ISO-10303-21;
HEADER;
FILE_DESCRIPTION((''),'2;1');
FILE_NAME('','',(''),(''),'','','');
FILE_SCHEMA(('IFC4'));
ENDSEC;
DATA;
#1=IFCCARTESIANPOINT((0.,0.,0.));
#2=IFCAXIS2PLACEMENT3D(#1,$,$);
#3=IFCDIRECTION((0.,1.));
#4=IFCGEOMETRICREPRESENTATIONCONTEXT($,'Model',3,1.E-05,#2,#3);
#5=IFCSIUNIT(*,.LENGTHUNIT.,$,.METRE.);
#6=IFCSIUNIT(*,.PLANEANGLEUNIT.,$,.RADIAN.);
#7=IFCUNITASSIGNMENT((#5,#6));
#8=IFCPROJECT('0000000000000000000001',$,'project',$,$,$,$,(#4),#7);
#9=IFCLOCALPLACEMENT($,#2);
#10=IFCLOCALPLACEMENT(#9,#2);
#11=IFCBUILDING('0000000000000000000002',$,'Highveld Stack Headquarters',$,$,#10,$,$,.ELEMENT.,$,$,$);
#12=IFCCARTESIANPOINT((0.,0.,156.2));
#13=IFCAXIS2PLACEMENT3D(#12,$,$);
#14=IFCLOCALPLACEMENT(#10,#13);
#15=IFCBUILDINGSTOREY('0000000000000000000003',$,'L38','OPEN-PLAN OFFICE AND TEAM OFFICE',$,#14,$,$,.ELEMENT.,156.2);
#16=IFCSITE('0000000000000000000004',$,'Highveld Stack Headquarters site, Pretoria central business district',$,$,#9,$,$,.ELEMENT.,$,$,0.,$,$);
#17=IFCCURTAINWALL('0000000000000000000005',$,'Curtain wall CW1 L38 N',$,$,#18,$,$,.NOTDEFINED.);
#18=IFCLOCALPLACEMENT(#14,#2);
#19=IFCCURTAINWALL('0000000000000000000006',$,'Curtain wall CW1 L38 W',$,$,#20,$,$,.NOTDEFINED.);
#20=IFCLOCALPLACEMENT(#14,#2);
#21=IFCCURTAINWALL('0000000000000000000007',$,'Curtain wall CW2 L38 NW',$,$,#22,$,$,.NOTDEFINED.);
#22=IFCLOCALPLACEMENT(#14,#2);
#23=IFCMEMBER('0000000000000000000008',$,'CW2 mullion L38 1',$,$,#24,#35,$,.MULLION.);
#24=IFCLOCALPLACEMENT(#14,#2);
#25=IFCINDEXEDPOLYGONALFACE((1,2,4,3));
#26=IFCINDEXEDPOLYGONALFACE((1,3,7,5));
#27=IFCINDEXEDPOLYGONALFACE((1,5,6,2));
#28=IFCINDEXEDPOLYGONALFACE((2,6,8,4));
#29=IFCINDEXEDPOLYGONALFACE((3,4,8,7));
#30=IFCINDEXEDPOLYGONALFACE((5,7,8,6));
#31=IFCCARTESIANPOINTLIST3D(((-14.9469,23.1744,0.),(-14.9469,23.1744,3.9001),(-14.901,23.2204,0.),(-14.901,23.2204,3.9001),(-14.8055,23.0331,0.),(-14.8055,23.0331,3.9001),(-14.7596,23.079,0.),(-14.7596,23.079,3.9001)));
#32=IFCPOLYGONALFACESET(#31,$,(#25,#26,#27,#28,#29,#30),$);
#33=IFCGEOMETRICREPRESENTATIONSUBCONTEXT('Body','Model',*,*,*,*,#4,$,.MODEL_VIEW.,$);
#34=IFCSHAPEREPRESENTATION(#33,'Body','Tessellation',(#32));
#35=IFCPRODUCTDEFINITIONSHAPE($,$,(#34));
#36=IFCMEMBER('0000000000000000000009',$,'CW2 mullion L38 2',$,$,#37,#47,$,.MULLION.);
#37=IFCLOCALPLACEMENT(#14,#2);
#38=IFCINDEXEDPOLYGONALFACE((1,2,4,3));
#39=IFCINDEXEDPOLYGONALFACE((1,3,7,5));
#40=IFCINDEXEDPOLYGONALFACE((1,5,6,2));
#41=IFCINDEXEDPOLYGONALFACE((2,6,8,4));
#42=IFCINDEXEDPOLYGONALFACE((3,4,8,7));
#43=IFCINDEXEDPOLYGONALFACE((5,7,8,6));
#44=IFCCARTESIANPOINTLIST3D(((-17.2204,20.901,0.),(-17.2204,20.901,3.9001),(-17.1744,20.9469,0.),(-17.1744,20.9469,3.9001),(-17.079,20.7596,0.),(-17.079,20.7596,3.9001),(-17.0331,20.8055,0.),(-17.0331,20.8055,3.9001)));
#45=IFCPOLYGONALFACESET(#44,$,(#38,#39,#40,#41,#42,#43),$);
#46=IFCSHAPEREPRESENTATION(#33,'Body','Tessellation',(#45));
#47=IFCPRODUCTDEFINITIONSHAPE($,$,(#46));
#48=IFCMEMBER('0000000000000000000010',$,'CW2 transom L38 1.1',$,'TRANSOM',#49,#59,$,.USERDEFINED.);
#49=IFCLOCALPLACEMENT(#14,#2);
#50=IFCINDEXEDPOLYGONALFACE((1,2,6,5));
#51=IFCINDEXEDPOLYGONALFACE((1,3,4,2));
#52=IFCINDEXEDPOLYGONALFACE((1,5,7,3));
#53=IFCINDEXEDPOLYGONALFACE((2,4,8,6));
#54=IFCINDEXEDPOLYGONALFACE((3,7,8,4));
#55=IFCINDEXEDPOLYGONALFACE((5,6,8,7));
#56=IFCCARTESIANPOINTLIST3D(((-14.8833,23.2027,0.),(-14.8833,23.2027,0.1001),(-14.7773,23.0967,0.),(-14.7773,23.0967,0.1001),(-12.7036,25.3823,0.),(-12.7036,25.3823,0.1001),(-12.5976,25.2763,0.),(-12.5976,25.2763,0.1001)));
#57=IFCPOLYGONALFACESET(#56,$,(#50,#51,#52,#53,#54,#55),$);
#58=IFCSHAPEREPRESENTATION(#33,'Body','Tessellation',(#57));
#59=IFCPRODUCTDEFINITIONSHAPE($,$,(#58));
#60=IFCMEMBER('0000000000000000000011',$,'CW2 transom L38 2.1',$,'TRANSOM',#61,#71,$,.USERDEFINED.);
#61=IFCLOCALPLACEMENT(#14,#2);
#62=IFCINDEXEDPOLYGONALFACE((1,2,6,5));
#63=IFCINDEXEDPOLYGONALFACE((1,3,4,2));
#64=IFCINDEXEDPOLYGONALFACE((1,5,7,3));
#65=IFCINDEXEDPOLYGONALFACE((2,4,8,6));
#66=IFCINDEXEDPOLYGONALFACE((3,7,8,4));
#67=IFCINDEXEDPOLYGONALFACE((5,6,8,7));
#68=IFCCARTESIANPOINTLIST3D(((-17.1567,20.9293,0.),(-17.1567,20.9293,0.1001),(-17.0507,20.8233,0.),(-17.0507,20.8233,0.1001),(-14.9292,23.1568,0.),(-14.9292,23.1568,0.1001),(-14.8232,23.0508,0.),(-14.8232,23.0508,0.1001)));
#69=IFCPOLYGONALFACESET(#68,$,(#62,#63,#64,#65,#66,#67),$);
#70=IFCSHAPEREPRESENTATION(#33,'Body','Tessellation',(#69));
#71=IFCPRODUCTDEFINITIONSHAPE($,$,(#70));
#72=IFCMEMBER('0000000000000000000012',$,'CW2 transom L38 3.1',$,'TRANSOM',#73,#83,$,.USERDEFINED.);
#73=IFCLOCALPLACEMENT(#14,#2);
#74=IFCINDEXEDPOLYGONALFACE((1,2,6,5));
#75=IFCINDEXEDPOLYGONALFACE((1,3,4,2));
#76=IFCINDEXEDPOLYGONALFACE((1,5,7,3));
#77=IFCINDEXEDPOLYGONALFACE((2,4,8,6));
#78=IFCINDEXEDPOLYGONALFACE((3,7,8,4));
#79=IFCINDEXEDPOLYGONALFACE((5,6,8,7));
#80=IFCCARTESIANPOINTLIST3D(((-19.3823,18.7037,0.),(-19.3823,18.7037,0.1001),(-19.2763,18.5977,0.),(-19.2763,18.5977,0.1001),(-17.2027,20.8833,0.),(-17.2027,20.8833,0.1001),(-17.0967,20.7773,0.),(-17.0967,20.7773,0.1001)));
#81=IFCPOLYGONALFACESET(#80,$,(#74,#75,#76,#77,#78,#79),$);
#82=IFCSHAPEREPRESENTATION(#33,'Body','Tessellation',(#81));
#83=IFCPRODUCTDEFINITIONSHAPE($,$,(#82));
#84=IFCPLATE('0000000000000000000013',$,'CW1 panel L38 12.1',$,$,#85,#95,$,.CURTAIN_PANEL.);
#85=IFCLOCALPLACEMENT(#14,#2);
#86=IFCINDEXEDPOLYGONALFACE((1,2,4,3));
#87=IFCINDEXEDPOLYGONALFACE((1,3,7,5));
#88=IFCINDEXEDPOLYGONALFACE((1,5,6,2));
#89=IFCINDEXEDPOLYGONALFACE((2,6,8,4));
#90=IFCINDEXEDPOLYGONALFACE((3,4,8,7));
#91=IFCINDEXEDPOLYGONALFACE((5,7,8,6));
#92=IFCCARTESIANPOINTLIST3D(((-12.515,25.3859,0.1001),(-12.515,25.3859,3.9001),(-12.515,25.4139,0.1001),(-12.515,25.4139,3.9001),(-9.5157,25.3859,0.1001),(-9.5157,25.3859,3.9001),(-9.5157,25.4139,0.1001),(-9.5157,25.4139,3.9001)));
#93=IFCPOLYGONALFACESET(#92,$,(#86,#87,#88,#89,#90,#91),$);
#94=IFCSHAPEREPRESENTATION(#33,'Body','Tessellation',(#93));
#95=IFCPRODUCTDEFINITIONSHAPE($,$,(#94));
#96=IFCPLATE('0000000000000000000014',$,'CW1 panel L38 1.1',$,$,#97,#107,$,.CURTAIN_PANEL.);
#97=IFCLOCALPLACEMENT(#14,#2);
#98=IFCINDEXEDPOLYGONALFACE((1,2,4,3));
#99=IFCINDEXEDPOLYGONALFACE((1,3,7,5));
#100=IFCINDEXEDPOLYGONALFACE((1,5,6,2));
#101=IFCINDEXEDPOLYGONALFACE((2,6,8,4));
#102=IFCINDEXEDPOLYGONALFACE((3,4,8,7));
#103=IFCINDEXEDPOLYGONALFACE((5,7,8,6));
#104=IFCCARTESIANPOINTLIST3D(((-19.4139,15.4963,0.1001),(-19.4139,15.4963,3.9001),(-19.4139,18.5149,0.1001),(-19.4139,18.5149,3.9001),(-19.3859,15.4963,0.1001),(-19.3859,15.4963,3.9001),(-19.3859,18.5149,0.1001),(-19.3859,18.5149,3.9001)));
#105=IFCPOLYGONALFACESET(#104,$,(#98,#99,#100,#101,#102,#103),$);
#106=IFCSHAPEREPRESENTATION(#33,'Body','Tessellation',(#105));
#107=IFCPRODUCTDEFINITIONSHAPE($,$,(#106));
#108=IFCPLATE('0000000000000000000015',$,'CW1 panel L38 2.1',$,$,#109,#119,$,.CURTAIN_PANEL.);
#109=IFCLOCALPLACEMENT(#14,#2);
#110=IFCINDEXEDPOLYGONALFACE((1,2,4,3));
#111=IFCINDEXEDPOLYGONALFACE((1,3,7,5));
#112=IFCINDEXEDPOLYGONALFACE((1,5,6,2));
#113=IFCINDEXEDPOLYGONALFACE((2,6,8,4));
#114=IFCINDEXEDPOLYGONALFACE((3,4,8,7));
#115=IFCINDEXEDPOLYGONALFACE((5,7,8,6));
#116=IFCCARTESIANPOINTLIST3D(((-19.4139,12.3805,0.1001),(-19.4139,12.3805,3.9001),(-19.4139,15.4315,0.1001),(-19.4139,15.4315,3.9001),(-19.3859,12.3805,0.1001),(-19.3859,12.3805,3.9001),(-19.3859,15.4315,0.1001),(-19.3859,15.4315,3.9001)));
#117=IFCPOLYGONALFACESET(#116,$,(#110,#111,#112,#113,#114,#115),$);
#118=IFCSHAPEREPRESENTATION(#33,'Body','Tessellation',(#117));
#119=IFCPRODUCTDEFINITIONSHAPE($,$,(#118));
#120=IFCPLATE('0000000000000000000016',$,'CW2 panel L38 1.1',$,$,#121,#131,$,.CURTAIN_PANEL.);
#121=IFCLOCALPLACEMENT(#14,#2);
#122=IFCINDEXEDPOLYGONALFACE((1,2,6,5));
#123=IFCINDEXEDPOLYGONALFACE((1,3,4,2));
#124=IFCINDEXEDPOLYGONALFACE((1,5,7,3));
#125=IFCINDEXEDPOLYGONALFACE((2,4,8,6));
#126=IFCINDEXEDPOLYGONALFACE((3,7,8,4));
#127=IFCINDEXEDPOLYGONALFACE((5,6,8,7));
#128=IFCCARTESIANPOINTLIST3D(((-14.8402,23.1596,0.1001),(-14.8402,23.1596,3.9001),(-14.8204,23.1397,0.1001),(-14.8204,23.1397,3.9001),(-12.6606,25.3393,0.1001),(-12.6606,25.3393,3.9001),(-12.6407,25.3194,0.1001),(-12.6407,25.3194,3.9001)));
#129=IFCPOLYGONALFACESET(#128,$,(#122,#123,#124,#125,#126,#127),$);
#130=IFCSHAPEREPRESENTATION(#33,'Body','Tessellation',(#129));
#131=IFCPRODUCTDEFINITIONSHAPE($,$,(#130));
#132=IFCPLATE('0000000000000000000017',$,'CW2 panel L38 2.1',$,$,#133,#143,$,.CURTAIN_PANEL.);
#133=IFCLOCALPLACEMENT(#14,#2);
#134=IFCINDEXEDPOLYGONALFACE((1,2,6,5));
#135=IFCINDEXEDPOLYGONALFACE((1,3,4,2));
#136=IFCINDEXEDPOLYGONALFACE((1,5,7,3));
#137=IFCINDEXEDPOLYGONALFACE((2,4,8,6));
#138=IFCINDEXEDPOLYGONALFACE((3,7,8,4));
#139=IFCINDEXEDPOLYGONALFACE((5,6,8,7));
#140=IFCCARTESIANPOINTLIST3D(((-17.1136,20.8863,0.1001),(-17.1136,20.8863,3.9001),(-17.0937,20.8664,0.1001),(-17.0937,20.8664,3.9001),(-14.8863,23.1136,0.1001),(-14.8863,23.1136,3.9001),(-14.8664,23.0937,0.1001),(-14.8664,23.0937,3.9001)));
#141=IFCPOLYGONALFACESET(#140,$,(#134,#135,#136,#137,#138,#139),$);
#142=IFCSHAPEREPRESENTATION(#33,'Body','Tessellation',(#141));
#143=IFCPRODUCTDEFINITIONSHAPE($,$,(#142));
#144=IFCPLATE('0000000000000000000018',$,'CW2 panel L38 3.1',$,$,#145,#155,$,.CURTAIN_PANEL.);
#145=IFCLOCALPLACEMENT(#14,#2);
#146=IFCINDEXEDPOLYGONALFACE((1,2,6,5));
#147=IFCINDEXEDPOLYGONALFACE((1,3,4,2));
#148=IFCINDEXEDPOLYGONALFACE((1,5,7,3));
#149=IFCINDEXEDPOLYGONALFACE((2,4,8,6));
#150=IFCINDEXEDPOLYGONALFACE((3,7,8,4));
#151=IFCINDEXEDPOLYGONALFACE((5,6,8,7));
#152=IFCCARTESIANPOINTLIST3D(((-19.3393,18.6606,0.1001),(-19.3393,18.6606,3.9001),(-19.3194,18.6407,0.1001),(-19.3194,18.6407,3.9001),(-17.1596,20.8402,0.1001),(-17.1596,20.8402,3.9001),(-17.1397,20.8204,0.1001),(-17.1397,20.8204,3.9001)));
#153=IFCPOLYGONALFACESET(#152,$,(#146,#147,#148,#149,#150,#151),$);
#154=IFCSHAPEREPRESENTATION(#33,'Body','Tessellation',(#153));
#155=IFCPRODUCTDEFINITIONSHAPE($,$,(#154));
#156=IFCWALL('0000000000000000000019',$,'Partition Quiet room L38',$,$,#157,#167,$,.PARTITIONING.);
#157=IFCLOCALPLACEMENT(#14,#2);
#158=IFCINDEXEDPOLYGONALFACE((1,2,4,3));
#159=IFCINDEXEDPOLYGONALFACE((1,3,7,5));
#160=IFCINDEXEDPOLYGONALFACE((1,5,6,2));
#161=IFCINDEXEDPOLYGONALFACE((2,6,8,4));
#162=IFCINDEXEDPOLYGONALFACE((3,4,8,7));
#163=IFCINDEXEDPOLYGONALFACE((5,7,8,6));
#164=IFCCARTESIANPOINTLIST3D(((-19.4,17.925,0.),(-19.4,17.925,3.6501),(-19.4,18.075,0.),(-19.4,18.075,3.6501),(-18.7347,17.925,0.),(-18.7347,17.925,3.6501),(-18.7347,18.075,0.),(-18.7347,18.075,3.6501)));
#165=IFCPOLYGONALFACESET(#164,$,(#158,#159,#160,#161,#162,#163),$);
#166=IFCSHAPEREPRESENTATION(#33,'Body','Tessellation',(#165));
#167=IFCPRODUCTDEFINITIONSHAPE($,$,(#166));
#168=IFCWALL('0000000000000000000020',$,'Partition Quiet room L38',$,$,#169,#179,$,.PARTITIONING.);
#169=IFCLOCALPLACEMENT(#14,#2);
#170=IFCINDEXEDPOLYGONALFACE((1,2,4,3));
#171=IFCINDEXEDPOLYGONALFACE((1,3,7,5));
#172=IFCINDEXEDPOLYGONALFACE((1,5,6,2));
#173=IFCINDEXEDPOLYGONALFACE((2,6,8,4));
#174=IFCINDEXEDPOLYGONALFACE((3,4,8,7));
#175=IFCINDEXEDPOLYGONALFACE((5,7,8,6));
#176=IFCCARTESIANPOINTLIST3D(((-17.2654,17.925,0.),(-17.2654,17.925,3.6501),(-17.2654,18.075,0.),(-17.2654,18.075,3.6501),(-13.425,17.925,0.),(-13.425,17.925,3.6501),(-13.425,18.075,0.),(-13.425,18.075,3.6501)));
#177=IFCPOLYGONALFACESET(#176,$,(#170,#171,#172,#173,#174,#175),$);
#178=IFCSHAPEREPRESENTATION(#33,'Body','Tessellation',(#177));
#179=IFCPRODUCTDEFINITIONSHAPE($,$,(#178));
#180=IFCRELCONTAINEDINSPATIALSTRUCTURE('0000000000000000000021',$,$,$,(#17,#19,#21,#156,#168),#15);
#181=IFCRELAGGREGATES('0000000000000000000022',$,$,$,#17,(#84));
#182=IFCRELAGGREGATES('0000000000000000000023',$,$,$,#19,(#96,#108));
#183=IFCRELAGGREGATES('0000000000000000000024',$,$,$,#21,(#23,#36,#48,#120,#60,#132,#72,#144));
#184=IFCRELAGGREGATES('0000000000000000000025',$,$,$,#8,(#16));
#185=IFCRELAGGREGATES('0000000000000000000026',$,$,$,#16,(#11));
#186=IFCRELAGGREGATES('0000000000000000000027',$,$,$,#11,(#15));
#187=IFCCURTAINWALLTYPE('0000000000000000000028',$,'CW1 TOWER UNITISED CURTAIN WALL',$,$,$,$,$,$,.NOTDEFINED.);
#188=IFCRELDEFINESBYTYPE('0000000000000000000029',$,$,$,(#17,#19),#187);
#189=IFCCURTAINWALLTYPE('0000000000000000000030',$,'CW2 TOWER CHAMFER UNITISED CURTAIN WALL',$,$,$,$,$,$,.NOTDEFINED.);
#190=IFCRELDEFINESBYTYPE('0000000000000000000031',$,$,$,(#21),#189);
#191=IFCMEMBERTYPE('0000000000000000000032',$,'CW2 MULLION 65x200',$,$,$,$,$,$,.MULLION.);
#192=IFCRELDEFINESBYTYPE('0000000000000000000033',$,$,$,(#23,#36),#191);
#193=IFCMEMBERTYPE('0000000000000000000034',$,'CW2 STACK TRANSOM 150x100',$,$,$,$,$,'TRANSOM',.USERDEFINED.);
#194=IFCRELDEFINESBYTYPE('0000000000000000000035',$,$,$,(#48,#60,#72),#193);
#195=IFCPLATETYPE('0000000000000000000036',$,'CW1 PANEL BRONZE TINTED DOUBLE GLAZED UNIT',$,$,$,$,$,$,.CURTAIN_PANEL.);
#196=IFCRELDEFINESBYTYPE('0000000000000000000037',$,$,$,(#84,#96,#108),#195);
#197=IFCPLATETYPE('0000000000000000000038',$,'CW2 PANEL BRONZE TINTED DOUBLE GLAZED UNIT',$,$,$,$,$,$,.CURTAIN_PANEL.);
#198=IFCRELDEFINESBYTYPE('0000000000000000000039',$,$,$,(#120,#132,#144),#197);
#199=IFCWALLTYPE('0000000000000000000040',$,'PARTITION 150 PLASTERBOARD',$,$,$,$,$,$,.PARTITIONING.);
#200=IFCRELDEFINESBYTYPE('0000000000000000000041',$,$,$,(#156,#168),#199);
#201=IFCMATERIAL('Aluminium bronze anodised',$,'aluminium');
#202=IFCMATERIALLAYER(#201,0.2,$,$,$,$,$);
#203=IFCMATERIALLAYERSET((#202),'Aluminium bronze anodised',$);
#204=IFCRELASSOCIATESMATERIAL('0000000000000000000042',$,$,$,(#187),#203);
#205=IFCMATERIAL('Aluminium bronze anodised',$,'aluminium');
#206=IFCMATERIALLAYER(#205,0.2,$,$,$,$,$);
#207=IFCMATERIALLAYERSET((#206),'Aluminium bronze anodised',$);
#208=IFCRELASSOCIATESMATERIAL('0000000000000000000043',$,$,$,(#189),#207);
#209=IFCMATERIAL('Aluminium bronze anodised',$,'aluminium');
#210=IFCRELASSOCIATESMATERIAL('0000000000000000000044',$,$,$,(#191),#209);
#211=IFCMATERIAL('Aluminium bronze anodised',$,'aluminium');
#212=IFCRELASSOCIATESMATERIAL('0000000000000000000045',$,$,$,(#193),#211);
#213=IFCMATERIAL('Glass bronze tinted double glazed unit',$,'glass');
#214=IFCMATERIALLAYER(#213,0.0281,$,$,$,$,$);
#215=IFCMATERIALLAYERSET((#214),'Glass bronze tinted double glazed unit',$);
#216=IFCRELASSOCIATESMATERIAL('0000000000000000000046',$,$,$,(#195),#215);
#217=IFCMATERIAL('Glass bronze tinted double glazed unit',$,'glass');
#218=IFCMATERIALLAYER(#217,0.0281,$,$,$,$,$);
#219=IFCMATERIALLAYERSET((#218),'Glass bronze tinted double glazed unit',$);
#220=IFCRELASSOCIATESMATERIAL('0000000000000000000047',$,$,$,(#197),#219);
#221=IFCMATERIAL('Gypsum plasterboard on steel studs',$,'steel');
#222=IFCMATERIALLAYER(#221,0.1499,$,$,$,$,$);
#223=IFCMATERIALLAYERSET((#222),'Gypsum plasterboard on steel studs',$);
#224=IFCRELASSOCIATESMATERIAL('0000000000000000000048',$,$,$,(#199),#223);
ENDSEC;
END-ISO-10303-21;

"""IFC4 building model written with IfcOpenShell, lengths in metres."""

from ifc_helpers import new_model, si_unit, direction, frame, frame_2d, origin, origin_2d, place, context, subcontext, project, spatial, rectangle, extrude, material, layer, layer_set, material_profile, profile_set, type_object, element, aggregate, save


model = new_model("IFC4")

# Units and contexts
model_context = context("Model", 3, precision=1e-05, world=origin(), true_north=direction((0.0, 1.0)))
body_context = subcontext(model_context, "Body", "Model", "MODEL_VIEW")
ifc_project = project(units=[si_unit("LENGTHUNIT", "METRE"), si_unit("PLANEANGLEUNIT", "RADIAN")], contexts=[model_context])

# Site, building, storey
site_placement = place(None, origin())
site = spatial("IfcSite", under=ifc_project, at=site_placement, Name="Highveld Stack Headquarters site, Pretoria central business district", CompositionType="ELEMENT", RefElevation=0.0)
building_placement = place(site_placement, origin())
building = spatial("IfcBuilding", under=site, at=building_placement, Name="Highveld Stack Headquarters", CompositionType="ELEMENT")
storey_placement = place(building_placement, frame((0.0, 0.0, 156.2)))
storey = spatial("IfcBuildingStorey", under=building, at=storey_placement, Name="L38", Description="OPEN-PLAN OFFICE AND TEAM OFFICE", CompositionType="ELEMENT", Elevation=156.2)

# Curtain wall
ifc_material_1 = material(Name="Aluminium bronze anodised", Category="aluminium")
ifc_layer_1 = layer(ifc_material_1, 0.2)
ifc_layer_set_1 = layer_set([ifc_layer_1], Name="Aluminium bronze anodised")
curtain_wall_type_1 = type_object("IfcCurtainWallType", Name="CW1 TOWER UNITISED CURTAIN WALL", PredefinedType="NOTDEFINED", material=ifc_layer_set_1)
curtain_wall_1_placement = place(storey_placement, origin())
curtain_wall_1 = element("IfcCurtainWall", 1, at=curtain_wall_1_placement, inside=storey, type_object=curtain_wall_type_1, Name="Curtain wall CW1 L38 N", PredefinedType="NOTDEFINED")

# Curtain wall
curtain_wall_2_placement = place(storey_placement, origin())
curtain_wall_2 = element("IfcCurtainWall", 2, at=curtain_wall_2_placement, inside=storey, type_object=curtain_wall_type_1, Name="Curtain wall CW1 L38 W", PredefinedType="NOTDEFINED")

# Curtain wall, members
ifc_material_2 = material(Name="Aluminium bronze anodised", Category="aluminium")
ifc_layer_2 = layer(ifc_material_2, 0.2)
ifc_layer_set_2 = layer_set([ifc_layer_2], Name="Aluminium bronze anodised")
curtain_wall_type_2 = type_object("IfcCurtainWallType", Name="CW2 TOWER CHAMFER UNITISED CURTAIN WALL", PredefinedType="NOTDEFINED", material=ifc_layer_set_2)
curtain_wall_3_placement = place(storey_placement, origin())
curtain_wall_3 = element("IfcCurtainWall", 3, at=curtain_wall_3_placement, inside=storey, type_object=curtain_wall_type_2, Name="Curtain wall CW2 L38 NW", PredefinedType="NOTDEFINED")
ifc_material_3 = material(Name="Aluminium bronze anodised", Category="aluminium")
ifc_material_profile_1 = material_profile(ifc_material_3, rectangle(XDim=0.2, YDim=0.0649, at=origin_2d()), Name="CW2 MULLION 65x200")
ifc_profile_set_1 = profile_set([ifc_material_profile_1], Name="Aluminium bronze anodised")
member_type_1 = type_object("IfcMemberType", Name="CW2 MULLION 65x200", PredefinedType="MULLION", material=ifc_profile_set_1)
member_1_placement = place(storey_placement, frame((-14.8533, 23.1267, 0.0), z_axis=(0.0, 0.0, 1.0), x_axis=(0.707107, -0.707107, 0.0)))
member_1 = element("IfcMember", 4, at=member_1_placement, type_object=member_type_1, Name="CW2 mullion L38 1", PredefinedType="MULLION", context=body_context, shape_type="SweptSolid", body=[
    extrude(rectangle(XDim=0.2, YDim=0.0649, at=origin_2d()), origin(), (0.0, 0.0, 1.0), 3.9001),
])
member_2_placement = place(storey_placement, frame((-17.1267, 20.8533, 0.0), z_axis=(0.0, 0.0, 1.0), x_axis=(0.707107, -0.707107, 0.0)))
member_2 = element("IfcMember", 5, at=member_2_placement, type_object=member_type_1, Name="CW2 mullion L38 2", PredefinedType="MULLION", context=body_context, shape_type="SweptSolid", body=[
    extrude(rectangle(XDim=0.2, YDim=0.0649, at=origin_2d()), origin(), (0.0, 0.0, 1.0), 3.9001),
])
ifc_material_4 = material(Name="Aluminium bronze anodised", Category="aluminium")
ifc_material_profile_2 = material_profile(ifc_material_4, rectangle(XDim=0.1499, YDim=0.1001, at=origin_2d()), Name="CW2 TRANSOM 150x100")
ifc_profile_set_2 = profile_set([ifc_material_profile_2], Name="Aluminium bronze anodised")
member_type_2 = type_object("IfcMemberType", Name="CW2 STACK TRANSOM 150x100", ElementType="TRANSOM", PredefinedType="USERDEFINED", material=ifc_profile_set_2)
member_3_placement = place(storey_placement, frame((-12.6506, 25.3293, 0.05), z_axis=(-0.707107, -0.707107, 0.0), x_axis=(0.707107, -0.707107, 0.0)))
member_3 = element("IfcMember", 6, at=member_3_placement, type_object=member_type_2, Name="CW2 transom L38 1.1", ObjectType="TRANSOM", PredefinedType="USERDEFINED", context=body_context, shape_type="SweptSolid", body=[
    extrude(rectangle(XDim=0.1499, YDim=0.1001, at=origin_2d()), origin(), (0.0, 0.0, 1.0), 3.0825),
])
member_4_placement = place(storey_placement, frame((-14.8762, 23.1038, 0.05), z_axis=(-0.707107, -0.707107, 0.0), x_axis=(0.707107, -0.707107, 0.0)))
member_4 = element("IfcMember", 7, at=member_4_placement, type_object=member_type_2, Name="CW2 transom L38 2.1", ObjectType="TRANSOM", PredefinedType="USERDEFINED", context=body_context, shape_type="SweptSolid", body=[
    extrude(rectangle(XDim=0.1499, YDim=0.1001, at=origin_2d()), origin(), (0.0, 0.0, 1.0), 3.1501),
])
member_5_placement = place(storey_placement, frame((-17.1497, 20.8303, 0.05), z_axis=(-0.707107, -0.707107, 0.0), x_axis=(0.707107, -0.707107, 0.0)))
member_5 = element("IfcMember", 8, at=member_5_placement, type_object=member_type_2, Name="CW2 transom L38 3.1", ObjectType="TRANSOM", PredefinedType="USERDEFINED", context=body_context, shape_type="SweptSolid", body=[
    extrude(rectangle(XDim=0.1499, YDim=0.1001, at=origin_2d()), origin(), (0.0, 0.0, 1.0), 3.0825),
])

# Plates
ifc_material_5 = material(Name="Glass bronze tinted double glazed unit", Category="glass")
ifc_layer_3 = layer(ifc_material_5, 0.0281)
ifc_layer_set_3 = layer_set([ifc_layer_3], Name="Glass bronze tinted double glazed unit")
plate_type_1 = type_object("IfcPlateType", Name="CW1 PANEL BRONZE TINTED DOUBLE GLAZED UNIT", PredefinedType="CURTAIN_PANEL", material=ifc_layer_set_3)
plate_1_placement = place(storey_placement, frame((-11.0154, 25.3999, 0.1001), z_axis=(0.0, 0.0, 1.0), x_axis=(-1.0, 0.0, 0.0)))
plate_1 = element("IfcPlate", 9, at=plate_1_placement, type_object=plate_type_1, Name="CW1 panel L38 12.1", PredefinedType="CURTAIN_PANEL", context=body_context, shape_type="SweptSolid", body=[
    extrude(rectangle(XDim=2.9993, YDim=0.0281, at=origin_2d()), origin(), (0.0, 0.0, 1.0), 3.8),
])
aggregate(curtain_wall_1, [plate_1])
plate_2_placement = place(storey_placement, frame((-19.3999, 17.0056, 0.1001), z_axis=(0.0, 0.0, 1.0), x_axis=(0.0, -1.0, 0.0)))
plate_2 = element("IfcPlate", 10, at=plate_2_placement, type_object=plate_type_1, Name="CW1 panel L38 1.1", PredefinedType="CURTAIN_PANEL", context=body_context, shape_type="SweptSolid", body=[
    extrude(rectangle(XDim=3.0186, YDim=0.0281, at=origin_2d()), origin(), (0.0, 0.0, 1.0), 3.8),
])
plate_3_placement = place(storey_placement, frame((-19.3999, 13.906, 0.1001), z_axis=(0.0, 0.0, 1.0), x_axis=(0.0, -1.0, 0.0)))
plate_3 = element("IfcPlate", 11, at=plate_3_placement, type_object=plate_type_1, Name="CW1 panel L38 2.1", PredefinedType="CURTAIN_PANEL", context=body_context, shape_type="SweptSolid", body=[
    extrude(rectangle(XDim=3.051, YDim=0.0281, at=origin_2d()), origin(), (0.0, 0.0, 1.0), 3.8),
])
aggregate(curtain_wall_2, [plate_2, plate_3])
ifc_material_6 = material(Name="Glass bronze tinted double glazed unit", Category="glass")
ifc_layer_4 = layer(ifc_material_6, 0.0281)
ifc_layer_set_4 = layer_set([ifc_layer_4], Name="Glass bronze tinted double glazed unit")
plate_type_2 = type_object("IfcPlateType", Name="CW2 PANEL BRONZE TINTED DOUBLE GLAZED UNIT", PredefinedType="CURTAIN_PANEL", material=ifc_layer_set_4)
plate_4_placement = place(storey_placement, frame((-13.7405, 24.2395, 0.1001), z_axis=(0.0, 0.0, 1.0), x_axis=(-0.707107, -0.707107, 0.0)))
plate_4 = element("IfcPlate", 12, at=plate_4_placement, type_object=plate_type_2, Name="CW2 panel L38 1.1", PredefinedType="CURTAIN_PANEL", context=body_context, shape_type="SweptSolid", body=[
    extrude(rectangle(XDim=3.0825, YDim=0.0281, at=origin_2d()), origin(), (0.0, 0.0, 1.0), 3.8),
])
plate_5_placement = place(storey_placement, frame((-15.99, 21.99, 0.1001), z_axis=(0.0, 0.0, 1.0), x_axis=(-0.707107, -0.707107, 0.0)))
plate_5 = element("IfcPlate", 13, at=plate_5_placement, type_object=plate_type_2, Name="CW2 panel L38 2.1", PredefinedType="CURTAIN_PANEL", context=body_context, shape_type="SweptSolid", body=[
    extrude(rectangle(XDim=3.1499, YDim=0.0281, at=origin_2d()), origin(), (0.0, 0.0, 1.0), 3.8),
])
plate_6_placement = place(storey_placement, frame((-18.2395, 19.7405, 0.1001), z_axis=(0.0, 0.0, 1.0), x_axis=(-0.707107, -0.707107, 0.0)))
plate_6 = element("IfcPlate", 14, at=plate_6_placement, type_object=plate_type_2, Name="CW2 panel L38 3.1", PredefinedType="CURTAIN_PANEL", context=body_context, shape_type="SweptSolid", body=[
    extrude(rectangle(XDim=3.0825, YDim=0.0281, at=origin_2d()), origin(), (0.0, 0.0, 1.0), 3.8),
])
aggregate(curtain_wall_3, [member_1, member_2, member_3, plate_4, member_4, plate_5, member_5, plate_6])

# Walls
ifc_material_7 = material(Name="Gypsum plasterboard on steel studs", Category="steel")
ifc_layer_5 = layer(ifc_material_7, 0.1499)
ifc_layer_set_5 = layer_set([ifc_layer_5], Name="Gypsum plasterboard on steel studs")
wall_type = type_object("IfcWallType", Name="PARTITION 150 PLASTERBOARD", PredefinedType="PARTITIONING", material=ifc_layer_set_5)
wall_1_placement = place(storey_placement, frame((-19.3999, 18.0, 0.0), z_axis=(0.0, 0.0, 1.0), x_axis=(1.0, 0.0, 0.0)))
element("IfcWall", 15, at=wall_1_placement, inside=storey, type_object=wall_type, Name="Partition Quiet room L38", PredefinedType="PARTITIONING", context=body_context, shape_type="SweptSolid", body=[
    extrude(rectangle(XDim=0.6653, YDim=0.1499, at=frame_2d((0.3325, 0.0))), origin(), (0.0, 0.0, 1.0), 3.6501),
])
wall_2_placement = place(storey_placement, frame((-17.2654, 18.0, 0.0), z_axis=(0.0, 0.0, 1.0), x_axis=(1.0, 0.0, 0.0)))
element("IfcWall", 16, at=wall_2_placement, inside=storey, type_object=wall_type, Name="Partition Quiet room L38", PredefinedType="PARTITIONING", context=body_context, shape_type="SweptSolid", body=[
    extrude(rectangle(XDim=3.8403, YDim=0.1499, at=frame_2d((1.9202, 0.0))), origin(), (0.0, 0.0, 1.0), 3.6501),
])

save(model, "model.ifc")
